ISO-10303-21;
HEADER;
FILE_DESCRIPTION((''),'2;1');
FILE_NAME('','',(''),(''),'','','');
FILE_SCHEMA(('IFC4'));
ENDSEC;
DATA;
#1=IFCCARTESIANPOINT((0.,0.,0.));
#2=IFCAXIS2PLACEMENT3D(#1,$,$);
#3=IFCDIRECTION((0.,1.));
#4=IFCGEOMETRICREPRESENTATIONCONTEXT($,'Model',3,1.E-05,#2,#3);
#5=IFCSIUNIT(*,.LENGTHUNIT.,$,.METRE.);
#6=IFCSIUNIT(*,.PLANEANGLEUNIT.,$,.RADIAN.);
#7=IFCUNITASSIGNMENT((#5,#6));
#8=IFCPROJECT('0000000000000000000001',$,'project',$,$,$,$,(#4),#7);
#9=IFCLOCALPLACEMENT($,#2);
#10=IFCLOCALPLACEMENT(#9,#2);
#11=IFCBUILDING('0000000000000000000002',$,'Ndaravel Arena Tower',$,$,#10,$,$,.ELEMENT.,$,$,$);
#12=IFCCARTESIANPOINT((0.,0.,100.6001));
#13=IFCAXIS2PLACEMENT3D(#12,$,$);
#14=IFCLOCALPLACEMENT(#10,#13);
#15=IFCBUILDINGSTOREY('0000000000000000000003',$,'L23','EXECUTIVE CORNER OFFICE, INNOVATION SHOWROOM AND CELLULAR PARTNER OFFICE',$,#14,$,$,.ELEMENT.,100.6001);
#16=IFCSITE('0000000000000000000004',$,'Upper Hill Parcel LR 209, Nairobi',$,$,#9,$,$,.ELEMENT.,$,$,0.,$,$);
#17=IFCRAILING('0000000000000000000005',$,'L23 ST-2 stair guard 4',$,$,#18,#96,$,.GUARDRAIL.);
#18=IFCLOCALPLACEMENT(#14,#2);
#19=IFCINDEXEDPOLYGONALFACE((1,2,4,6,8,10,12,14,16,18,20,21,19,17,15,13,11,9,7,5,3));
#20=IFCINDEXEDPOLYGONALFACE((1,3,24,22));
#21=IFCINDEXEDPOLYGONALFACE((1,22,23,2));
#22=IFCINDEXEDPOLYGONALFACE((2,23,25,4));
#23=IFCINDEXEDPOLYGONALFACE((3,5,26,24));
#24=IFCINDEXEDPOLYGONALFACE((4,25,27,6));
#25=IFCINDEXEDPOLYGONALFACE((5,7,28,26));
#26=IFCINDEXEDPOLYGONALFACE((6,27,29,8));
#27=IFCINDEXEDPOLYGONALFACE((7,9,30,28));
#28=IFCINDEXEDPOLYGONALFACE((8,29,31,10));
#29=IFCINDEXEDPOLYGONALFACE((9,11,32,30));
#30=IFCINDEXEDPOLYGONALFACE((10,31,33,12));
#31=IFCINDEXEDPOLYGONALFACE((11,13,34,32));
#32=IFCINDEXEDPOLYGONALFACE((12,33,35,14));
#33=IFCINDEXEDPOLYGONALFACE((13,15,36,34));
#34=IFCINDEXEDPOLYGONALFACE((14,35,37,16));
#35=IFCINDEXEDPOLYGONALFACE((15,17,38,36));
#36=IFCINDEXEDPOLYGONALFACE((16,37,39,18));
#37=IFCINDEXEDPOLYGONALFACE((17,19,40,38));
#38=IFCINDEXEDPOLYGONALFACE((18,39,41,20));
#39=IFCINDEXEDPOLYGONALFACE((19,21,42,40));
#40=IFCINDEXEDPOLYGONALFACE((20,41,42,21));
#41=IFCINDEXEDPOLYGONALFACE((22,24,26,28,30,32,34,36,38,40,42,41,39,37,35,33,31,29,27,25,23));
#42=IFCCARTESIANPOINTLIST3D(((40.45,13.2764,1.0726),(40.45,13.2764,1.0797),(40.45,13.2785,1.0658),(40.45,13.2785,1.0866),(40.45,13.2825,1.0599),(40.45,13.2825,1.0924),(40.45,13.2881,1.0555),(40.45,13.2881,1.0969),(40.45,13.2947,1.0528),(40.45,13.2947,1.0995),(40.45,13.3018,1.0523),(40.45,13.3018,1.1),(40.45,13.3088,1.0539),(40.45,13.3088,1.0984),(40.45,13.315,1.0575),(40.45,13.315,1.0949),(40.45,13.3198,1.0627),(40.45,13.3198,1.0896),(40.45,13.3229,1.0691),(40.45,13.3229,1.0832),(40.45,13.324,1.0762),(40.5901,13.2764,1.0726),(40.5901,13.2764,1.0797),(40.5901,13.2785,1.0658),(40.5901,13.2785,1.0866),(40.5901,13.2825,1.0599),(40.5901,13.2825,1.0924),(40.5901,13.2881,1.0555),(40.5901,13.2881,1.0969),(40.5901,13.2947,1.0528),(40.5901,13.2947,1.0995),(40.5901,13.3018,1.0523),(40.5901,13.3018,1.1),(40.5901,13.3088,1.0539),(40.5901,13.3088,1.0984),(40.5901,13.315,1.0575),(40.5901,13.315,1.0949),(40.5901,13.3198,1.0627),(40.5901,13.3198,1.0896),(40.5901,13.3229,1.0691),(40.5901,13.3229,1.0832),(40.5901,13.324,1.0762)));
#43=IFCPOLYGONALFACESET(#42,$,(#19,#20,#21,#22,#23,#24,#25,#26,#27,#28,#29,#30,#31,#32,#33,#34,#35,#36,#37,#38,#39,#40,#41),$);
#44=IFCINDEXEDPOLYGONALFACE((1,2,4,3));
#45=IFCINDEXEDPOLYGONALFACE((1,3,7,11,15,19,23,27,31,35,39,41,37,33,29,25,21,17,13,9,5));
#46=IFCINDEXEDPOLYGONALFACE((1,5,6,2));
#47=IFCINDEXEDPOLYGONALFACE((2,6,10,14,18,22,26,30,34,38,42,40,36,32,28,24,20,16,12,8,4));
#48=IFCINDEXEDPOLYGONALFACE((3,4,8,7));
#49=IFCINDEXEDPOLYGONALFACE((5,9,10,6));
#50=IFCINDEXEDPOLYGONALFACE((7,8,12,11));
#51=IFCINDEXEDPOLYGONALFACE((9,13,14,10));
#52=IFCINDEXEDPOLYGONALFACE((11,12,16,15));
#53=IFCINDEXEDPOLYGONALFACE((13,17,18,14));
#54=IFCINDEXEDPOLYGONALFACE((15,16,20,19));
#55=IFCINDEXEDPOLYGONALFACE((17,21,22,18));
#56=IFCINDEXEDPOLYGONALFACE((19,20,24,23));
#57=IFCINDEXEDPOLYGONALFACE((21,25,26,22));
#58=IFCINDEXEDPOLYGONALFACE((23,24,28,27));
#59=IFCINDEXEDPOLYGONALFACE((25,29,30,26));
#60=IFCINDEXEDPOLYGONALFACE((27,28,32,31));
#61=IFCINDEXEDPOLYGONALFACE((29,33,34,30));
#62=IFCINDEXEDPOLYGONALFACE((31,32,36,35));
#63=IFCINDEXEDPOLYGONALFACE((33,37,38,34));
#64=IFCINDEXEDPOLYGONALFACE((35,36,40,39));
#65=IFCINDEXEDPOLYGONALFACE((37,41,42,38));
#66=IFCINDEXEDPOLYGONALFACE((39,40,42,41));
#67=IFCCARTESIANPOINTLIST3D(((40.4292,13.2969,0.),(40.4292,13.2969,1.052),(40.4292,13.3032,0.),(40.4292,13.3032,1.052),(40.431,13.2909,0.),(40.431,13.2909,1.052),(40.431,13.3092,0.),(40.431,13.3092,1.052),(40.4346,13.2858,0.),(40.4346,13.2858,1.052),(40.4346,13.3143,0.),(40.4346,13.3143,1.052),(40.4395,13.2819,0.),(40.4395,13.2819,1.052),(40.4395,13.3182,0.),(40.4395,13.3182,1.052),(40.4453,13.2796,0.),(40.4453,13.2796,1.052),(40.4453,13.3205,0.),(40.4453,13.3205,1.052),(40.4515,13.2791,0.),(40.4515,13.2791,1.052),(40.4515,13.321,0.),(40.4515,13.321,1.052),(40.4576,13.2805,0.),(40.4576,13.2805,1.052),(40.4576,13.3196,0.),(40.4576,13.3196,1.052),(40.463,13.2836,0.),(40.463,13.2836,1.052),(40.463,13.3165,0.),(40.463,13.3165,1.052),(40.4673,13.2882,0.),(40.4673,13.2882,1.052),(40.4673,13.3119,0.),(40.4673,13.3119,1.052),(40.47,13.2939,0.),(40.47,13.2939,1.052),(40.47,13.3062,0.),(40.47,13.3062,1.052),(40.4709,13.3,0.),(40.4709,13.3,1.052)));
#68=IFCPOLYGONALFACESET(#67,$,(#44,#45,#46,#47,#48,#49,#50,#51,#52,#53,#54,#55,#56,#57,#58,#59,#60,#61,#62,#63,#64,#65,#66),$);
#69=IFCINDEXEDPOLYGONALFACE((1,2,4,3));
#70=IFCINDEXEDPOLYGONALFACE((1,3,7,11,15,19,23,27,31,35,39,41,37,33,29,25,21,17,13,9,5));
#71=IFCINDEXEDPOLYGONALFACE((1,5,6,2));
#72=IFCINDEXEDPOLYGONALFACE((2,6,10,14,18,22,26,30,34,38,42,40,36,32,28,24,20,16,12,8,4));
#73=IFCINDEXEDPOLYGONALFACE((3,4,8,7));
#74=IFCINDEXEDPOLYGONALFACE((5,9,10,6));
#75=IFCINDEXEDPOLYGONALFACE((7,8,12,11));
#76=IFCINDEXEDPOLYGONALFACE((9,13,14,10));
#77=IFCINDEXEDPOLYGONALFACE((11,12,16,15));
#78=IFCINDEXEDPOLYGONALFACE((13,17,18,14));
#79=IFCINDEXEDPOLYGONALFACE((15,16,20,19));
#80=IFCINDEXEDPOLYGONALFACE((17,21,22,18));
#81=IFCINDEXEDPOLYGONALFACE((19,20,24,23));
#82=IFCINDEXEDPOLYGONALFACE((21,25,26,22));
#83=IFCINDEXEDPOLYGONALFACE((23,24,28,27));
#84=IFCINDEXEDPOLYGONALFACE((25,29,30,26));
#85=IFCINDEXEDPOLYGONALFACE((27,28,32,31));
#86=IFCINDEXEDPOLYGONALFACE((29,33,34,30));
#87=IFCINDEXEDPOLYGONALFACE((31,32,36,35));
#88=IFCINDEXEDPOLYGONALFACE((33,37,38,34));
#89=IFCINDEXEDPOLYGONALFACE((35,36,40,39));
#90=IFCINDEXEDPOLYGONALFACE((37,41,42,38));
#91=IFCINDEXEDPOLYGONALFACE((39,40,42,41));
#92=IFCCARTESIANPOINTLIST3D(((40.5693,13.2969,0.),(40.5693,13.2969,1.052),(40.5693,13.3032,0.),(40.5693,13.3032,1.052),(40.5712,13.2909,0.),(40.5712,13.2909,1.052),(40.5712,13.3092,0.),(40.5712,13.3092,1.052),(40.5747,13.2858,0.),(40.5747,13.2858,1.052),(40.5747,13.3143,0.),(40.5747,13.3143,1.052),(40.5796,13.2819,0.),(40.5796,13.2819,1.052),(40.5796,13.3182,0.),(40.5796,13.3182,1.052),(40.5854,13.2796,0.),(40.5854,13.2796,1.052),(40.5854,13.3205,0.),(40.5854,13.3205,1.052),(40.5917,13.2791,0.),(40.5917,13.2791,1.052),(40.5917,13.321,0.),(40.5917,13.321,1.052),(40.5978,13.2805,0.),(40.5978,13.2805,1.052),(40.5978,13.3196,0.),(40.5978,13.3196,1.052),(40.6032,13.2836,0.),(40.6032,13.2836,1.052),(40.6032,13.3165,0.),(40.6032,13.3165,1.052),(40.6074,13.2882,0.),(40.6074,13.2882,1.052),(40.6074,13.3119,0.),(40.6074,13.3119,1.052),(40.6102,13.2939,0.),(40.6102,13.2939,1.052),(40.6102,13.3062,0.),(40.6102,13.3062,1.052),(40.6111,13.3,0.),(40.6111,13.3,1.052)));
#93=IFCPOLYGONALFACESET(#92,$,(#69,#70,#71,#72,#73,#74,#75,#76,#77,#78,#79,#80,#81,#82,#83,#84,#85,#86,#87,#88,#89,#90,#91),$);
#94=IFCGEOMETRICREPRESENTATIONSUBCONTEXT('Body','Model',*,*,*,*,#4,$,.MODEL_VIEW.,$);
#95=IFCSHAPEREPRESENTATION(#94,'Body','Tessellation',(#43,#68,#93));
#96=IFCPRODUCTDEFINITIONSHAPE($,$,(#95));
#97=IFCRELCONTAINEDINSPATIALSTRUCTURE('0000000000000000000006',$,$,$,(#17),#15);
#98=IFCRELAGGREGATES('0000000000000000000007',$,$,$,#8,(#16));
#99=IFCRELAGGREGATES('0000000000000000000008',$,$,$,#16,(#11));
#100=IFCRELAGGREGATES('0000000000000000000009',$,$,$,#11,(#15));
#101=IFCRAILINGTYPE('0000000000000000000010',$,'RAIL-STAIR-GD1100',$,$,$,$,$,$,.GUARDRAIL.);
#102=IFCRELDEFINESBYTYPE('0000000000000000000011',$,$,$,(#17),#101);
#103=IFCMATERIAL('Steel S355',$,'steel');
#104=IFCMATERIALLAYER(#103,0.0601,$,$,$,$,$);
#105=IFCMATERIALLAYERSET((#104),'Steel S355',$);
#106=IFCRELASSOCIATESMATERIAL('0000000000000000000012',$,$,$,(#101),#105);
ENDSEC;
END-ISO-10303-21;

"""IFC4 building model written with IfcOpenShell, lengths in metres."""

from ifc_helpers import new_model, si_unit, direction, frame, origin, origin_2d, place, context, subcontext, project, spatial, circle, extrude, material, layer, layer_set, type_object, element, save


model = new_model("IFC4")

# Units and contexts
model_context = context("Model", 3, precision=1e-05, world=origin(), true_north=direction((0.0, 1.0)))
body_context = subcontext(model_context, "Body", "Model", "MODEL_VIEW")
ifc_project = project(units=[si_unit("LENGTHUNIT", "METRE"), si_unit("PLANEANGLEUNIT", "RADIAN")], contexts=[model_context])

# Site, building, storey
site_placement = place(None, origin())
site = spatial("IfcSite", under=ifc_project, at=site_placement, Name="Upper Hill Parcel LR 209, Nairobi", CompositionType="ELEMENT", RefElevation=0.0)
building_placement = place(site_placement, origin())
building = spatial("IfcBuilding", under=site, at=building_placement, Name="Ndaravel Arena Tower", CompositionType="ELEMENT")
storey_placement = place(building_placement, frame((0.0, 0.0, 100.6001)))
storey = spatial("IfcBuildingStorey", under=building, at=storey_placement, Name="L23", Description="EXECUTIVE CORNER OFFICE, INNOVATION SHOWROOM AND CELLULAR PARTNER OFFICE", CompositionType="ELEMENT", Elevation=100.6001)

# Railing
ifc_material_1 = material(Name="Steel S355", Category="steel")
ifc_layer_1 = layer(ifc_material_1, 0.0601)
ifc_layer_set_1 = layer_set([ifc_layer_1], Name="Steel S355")
railing_type_1 = type_object("IfcRailingType", Name="RAIL-STAIR-GD1100", PredefinedType="GUARDRAIL", material=ifc_layer_set_1)
railing_1_placement = place(storey_placement, frame((40.45, 13.3, 0.0)))
element("IfcRailing", 1, at=railing_1_placement, inside=storey, type_object=railing_type_1, Name="L23 ST-2 stair guard 4", PredefinedType="GUARDRAIL", context=body_context, shape_type="SweptSolid", body=[
    extrude(circle(Radius=0.0239, at=origin_2d()), frame((0.0, 0.0, 1.0762), z_axis=(1.0, 0.0, 0.0), x_axis=(0.0, 1.0, 0.0)), (0.0, 0.0, 1.0), 0.1401),
    extrude(circle(Radius=0.021, at=origin_2d()), origin(), (0.0, 0.0, 1.0), 1.052),
    extrude(circle(Radius=0.021, at=origin_2d()), frame((0.1401, 0.0, 0.0)), (0.0, 0.0, 1.0), 1.052),
])

save(model, "model.ifc")
